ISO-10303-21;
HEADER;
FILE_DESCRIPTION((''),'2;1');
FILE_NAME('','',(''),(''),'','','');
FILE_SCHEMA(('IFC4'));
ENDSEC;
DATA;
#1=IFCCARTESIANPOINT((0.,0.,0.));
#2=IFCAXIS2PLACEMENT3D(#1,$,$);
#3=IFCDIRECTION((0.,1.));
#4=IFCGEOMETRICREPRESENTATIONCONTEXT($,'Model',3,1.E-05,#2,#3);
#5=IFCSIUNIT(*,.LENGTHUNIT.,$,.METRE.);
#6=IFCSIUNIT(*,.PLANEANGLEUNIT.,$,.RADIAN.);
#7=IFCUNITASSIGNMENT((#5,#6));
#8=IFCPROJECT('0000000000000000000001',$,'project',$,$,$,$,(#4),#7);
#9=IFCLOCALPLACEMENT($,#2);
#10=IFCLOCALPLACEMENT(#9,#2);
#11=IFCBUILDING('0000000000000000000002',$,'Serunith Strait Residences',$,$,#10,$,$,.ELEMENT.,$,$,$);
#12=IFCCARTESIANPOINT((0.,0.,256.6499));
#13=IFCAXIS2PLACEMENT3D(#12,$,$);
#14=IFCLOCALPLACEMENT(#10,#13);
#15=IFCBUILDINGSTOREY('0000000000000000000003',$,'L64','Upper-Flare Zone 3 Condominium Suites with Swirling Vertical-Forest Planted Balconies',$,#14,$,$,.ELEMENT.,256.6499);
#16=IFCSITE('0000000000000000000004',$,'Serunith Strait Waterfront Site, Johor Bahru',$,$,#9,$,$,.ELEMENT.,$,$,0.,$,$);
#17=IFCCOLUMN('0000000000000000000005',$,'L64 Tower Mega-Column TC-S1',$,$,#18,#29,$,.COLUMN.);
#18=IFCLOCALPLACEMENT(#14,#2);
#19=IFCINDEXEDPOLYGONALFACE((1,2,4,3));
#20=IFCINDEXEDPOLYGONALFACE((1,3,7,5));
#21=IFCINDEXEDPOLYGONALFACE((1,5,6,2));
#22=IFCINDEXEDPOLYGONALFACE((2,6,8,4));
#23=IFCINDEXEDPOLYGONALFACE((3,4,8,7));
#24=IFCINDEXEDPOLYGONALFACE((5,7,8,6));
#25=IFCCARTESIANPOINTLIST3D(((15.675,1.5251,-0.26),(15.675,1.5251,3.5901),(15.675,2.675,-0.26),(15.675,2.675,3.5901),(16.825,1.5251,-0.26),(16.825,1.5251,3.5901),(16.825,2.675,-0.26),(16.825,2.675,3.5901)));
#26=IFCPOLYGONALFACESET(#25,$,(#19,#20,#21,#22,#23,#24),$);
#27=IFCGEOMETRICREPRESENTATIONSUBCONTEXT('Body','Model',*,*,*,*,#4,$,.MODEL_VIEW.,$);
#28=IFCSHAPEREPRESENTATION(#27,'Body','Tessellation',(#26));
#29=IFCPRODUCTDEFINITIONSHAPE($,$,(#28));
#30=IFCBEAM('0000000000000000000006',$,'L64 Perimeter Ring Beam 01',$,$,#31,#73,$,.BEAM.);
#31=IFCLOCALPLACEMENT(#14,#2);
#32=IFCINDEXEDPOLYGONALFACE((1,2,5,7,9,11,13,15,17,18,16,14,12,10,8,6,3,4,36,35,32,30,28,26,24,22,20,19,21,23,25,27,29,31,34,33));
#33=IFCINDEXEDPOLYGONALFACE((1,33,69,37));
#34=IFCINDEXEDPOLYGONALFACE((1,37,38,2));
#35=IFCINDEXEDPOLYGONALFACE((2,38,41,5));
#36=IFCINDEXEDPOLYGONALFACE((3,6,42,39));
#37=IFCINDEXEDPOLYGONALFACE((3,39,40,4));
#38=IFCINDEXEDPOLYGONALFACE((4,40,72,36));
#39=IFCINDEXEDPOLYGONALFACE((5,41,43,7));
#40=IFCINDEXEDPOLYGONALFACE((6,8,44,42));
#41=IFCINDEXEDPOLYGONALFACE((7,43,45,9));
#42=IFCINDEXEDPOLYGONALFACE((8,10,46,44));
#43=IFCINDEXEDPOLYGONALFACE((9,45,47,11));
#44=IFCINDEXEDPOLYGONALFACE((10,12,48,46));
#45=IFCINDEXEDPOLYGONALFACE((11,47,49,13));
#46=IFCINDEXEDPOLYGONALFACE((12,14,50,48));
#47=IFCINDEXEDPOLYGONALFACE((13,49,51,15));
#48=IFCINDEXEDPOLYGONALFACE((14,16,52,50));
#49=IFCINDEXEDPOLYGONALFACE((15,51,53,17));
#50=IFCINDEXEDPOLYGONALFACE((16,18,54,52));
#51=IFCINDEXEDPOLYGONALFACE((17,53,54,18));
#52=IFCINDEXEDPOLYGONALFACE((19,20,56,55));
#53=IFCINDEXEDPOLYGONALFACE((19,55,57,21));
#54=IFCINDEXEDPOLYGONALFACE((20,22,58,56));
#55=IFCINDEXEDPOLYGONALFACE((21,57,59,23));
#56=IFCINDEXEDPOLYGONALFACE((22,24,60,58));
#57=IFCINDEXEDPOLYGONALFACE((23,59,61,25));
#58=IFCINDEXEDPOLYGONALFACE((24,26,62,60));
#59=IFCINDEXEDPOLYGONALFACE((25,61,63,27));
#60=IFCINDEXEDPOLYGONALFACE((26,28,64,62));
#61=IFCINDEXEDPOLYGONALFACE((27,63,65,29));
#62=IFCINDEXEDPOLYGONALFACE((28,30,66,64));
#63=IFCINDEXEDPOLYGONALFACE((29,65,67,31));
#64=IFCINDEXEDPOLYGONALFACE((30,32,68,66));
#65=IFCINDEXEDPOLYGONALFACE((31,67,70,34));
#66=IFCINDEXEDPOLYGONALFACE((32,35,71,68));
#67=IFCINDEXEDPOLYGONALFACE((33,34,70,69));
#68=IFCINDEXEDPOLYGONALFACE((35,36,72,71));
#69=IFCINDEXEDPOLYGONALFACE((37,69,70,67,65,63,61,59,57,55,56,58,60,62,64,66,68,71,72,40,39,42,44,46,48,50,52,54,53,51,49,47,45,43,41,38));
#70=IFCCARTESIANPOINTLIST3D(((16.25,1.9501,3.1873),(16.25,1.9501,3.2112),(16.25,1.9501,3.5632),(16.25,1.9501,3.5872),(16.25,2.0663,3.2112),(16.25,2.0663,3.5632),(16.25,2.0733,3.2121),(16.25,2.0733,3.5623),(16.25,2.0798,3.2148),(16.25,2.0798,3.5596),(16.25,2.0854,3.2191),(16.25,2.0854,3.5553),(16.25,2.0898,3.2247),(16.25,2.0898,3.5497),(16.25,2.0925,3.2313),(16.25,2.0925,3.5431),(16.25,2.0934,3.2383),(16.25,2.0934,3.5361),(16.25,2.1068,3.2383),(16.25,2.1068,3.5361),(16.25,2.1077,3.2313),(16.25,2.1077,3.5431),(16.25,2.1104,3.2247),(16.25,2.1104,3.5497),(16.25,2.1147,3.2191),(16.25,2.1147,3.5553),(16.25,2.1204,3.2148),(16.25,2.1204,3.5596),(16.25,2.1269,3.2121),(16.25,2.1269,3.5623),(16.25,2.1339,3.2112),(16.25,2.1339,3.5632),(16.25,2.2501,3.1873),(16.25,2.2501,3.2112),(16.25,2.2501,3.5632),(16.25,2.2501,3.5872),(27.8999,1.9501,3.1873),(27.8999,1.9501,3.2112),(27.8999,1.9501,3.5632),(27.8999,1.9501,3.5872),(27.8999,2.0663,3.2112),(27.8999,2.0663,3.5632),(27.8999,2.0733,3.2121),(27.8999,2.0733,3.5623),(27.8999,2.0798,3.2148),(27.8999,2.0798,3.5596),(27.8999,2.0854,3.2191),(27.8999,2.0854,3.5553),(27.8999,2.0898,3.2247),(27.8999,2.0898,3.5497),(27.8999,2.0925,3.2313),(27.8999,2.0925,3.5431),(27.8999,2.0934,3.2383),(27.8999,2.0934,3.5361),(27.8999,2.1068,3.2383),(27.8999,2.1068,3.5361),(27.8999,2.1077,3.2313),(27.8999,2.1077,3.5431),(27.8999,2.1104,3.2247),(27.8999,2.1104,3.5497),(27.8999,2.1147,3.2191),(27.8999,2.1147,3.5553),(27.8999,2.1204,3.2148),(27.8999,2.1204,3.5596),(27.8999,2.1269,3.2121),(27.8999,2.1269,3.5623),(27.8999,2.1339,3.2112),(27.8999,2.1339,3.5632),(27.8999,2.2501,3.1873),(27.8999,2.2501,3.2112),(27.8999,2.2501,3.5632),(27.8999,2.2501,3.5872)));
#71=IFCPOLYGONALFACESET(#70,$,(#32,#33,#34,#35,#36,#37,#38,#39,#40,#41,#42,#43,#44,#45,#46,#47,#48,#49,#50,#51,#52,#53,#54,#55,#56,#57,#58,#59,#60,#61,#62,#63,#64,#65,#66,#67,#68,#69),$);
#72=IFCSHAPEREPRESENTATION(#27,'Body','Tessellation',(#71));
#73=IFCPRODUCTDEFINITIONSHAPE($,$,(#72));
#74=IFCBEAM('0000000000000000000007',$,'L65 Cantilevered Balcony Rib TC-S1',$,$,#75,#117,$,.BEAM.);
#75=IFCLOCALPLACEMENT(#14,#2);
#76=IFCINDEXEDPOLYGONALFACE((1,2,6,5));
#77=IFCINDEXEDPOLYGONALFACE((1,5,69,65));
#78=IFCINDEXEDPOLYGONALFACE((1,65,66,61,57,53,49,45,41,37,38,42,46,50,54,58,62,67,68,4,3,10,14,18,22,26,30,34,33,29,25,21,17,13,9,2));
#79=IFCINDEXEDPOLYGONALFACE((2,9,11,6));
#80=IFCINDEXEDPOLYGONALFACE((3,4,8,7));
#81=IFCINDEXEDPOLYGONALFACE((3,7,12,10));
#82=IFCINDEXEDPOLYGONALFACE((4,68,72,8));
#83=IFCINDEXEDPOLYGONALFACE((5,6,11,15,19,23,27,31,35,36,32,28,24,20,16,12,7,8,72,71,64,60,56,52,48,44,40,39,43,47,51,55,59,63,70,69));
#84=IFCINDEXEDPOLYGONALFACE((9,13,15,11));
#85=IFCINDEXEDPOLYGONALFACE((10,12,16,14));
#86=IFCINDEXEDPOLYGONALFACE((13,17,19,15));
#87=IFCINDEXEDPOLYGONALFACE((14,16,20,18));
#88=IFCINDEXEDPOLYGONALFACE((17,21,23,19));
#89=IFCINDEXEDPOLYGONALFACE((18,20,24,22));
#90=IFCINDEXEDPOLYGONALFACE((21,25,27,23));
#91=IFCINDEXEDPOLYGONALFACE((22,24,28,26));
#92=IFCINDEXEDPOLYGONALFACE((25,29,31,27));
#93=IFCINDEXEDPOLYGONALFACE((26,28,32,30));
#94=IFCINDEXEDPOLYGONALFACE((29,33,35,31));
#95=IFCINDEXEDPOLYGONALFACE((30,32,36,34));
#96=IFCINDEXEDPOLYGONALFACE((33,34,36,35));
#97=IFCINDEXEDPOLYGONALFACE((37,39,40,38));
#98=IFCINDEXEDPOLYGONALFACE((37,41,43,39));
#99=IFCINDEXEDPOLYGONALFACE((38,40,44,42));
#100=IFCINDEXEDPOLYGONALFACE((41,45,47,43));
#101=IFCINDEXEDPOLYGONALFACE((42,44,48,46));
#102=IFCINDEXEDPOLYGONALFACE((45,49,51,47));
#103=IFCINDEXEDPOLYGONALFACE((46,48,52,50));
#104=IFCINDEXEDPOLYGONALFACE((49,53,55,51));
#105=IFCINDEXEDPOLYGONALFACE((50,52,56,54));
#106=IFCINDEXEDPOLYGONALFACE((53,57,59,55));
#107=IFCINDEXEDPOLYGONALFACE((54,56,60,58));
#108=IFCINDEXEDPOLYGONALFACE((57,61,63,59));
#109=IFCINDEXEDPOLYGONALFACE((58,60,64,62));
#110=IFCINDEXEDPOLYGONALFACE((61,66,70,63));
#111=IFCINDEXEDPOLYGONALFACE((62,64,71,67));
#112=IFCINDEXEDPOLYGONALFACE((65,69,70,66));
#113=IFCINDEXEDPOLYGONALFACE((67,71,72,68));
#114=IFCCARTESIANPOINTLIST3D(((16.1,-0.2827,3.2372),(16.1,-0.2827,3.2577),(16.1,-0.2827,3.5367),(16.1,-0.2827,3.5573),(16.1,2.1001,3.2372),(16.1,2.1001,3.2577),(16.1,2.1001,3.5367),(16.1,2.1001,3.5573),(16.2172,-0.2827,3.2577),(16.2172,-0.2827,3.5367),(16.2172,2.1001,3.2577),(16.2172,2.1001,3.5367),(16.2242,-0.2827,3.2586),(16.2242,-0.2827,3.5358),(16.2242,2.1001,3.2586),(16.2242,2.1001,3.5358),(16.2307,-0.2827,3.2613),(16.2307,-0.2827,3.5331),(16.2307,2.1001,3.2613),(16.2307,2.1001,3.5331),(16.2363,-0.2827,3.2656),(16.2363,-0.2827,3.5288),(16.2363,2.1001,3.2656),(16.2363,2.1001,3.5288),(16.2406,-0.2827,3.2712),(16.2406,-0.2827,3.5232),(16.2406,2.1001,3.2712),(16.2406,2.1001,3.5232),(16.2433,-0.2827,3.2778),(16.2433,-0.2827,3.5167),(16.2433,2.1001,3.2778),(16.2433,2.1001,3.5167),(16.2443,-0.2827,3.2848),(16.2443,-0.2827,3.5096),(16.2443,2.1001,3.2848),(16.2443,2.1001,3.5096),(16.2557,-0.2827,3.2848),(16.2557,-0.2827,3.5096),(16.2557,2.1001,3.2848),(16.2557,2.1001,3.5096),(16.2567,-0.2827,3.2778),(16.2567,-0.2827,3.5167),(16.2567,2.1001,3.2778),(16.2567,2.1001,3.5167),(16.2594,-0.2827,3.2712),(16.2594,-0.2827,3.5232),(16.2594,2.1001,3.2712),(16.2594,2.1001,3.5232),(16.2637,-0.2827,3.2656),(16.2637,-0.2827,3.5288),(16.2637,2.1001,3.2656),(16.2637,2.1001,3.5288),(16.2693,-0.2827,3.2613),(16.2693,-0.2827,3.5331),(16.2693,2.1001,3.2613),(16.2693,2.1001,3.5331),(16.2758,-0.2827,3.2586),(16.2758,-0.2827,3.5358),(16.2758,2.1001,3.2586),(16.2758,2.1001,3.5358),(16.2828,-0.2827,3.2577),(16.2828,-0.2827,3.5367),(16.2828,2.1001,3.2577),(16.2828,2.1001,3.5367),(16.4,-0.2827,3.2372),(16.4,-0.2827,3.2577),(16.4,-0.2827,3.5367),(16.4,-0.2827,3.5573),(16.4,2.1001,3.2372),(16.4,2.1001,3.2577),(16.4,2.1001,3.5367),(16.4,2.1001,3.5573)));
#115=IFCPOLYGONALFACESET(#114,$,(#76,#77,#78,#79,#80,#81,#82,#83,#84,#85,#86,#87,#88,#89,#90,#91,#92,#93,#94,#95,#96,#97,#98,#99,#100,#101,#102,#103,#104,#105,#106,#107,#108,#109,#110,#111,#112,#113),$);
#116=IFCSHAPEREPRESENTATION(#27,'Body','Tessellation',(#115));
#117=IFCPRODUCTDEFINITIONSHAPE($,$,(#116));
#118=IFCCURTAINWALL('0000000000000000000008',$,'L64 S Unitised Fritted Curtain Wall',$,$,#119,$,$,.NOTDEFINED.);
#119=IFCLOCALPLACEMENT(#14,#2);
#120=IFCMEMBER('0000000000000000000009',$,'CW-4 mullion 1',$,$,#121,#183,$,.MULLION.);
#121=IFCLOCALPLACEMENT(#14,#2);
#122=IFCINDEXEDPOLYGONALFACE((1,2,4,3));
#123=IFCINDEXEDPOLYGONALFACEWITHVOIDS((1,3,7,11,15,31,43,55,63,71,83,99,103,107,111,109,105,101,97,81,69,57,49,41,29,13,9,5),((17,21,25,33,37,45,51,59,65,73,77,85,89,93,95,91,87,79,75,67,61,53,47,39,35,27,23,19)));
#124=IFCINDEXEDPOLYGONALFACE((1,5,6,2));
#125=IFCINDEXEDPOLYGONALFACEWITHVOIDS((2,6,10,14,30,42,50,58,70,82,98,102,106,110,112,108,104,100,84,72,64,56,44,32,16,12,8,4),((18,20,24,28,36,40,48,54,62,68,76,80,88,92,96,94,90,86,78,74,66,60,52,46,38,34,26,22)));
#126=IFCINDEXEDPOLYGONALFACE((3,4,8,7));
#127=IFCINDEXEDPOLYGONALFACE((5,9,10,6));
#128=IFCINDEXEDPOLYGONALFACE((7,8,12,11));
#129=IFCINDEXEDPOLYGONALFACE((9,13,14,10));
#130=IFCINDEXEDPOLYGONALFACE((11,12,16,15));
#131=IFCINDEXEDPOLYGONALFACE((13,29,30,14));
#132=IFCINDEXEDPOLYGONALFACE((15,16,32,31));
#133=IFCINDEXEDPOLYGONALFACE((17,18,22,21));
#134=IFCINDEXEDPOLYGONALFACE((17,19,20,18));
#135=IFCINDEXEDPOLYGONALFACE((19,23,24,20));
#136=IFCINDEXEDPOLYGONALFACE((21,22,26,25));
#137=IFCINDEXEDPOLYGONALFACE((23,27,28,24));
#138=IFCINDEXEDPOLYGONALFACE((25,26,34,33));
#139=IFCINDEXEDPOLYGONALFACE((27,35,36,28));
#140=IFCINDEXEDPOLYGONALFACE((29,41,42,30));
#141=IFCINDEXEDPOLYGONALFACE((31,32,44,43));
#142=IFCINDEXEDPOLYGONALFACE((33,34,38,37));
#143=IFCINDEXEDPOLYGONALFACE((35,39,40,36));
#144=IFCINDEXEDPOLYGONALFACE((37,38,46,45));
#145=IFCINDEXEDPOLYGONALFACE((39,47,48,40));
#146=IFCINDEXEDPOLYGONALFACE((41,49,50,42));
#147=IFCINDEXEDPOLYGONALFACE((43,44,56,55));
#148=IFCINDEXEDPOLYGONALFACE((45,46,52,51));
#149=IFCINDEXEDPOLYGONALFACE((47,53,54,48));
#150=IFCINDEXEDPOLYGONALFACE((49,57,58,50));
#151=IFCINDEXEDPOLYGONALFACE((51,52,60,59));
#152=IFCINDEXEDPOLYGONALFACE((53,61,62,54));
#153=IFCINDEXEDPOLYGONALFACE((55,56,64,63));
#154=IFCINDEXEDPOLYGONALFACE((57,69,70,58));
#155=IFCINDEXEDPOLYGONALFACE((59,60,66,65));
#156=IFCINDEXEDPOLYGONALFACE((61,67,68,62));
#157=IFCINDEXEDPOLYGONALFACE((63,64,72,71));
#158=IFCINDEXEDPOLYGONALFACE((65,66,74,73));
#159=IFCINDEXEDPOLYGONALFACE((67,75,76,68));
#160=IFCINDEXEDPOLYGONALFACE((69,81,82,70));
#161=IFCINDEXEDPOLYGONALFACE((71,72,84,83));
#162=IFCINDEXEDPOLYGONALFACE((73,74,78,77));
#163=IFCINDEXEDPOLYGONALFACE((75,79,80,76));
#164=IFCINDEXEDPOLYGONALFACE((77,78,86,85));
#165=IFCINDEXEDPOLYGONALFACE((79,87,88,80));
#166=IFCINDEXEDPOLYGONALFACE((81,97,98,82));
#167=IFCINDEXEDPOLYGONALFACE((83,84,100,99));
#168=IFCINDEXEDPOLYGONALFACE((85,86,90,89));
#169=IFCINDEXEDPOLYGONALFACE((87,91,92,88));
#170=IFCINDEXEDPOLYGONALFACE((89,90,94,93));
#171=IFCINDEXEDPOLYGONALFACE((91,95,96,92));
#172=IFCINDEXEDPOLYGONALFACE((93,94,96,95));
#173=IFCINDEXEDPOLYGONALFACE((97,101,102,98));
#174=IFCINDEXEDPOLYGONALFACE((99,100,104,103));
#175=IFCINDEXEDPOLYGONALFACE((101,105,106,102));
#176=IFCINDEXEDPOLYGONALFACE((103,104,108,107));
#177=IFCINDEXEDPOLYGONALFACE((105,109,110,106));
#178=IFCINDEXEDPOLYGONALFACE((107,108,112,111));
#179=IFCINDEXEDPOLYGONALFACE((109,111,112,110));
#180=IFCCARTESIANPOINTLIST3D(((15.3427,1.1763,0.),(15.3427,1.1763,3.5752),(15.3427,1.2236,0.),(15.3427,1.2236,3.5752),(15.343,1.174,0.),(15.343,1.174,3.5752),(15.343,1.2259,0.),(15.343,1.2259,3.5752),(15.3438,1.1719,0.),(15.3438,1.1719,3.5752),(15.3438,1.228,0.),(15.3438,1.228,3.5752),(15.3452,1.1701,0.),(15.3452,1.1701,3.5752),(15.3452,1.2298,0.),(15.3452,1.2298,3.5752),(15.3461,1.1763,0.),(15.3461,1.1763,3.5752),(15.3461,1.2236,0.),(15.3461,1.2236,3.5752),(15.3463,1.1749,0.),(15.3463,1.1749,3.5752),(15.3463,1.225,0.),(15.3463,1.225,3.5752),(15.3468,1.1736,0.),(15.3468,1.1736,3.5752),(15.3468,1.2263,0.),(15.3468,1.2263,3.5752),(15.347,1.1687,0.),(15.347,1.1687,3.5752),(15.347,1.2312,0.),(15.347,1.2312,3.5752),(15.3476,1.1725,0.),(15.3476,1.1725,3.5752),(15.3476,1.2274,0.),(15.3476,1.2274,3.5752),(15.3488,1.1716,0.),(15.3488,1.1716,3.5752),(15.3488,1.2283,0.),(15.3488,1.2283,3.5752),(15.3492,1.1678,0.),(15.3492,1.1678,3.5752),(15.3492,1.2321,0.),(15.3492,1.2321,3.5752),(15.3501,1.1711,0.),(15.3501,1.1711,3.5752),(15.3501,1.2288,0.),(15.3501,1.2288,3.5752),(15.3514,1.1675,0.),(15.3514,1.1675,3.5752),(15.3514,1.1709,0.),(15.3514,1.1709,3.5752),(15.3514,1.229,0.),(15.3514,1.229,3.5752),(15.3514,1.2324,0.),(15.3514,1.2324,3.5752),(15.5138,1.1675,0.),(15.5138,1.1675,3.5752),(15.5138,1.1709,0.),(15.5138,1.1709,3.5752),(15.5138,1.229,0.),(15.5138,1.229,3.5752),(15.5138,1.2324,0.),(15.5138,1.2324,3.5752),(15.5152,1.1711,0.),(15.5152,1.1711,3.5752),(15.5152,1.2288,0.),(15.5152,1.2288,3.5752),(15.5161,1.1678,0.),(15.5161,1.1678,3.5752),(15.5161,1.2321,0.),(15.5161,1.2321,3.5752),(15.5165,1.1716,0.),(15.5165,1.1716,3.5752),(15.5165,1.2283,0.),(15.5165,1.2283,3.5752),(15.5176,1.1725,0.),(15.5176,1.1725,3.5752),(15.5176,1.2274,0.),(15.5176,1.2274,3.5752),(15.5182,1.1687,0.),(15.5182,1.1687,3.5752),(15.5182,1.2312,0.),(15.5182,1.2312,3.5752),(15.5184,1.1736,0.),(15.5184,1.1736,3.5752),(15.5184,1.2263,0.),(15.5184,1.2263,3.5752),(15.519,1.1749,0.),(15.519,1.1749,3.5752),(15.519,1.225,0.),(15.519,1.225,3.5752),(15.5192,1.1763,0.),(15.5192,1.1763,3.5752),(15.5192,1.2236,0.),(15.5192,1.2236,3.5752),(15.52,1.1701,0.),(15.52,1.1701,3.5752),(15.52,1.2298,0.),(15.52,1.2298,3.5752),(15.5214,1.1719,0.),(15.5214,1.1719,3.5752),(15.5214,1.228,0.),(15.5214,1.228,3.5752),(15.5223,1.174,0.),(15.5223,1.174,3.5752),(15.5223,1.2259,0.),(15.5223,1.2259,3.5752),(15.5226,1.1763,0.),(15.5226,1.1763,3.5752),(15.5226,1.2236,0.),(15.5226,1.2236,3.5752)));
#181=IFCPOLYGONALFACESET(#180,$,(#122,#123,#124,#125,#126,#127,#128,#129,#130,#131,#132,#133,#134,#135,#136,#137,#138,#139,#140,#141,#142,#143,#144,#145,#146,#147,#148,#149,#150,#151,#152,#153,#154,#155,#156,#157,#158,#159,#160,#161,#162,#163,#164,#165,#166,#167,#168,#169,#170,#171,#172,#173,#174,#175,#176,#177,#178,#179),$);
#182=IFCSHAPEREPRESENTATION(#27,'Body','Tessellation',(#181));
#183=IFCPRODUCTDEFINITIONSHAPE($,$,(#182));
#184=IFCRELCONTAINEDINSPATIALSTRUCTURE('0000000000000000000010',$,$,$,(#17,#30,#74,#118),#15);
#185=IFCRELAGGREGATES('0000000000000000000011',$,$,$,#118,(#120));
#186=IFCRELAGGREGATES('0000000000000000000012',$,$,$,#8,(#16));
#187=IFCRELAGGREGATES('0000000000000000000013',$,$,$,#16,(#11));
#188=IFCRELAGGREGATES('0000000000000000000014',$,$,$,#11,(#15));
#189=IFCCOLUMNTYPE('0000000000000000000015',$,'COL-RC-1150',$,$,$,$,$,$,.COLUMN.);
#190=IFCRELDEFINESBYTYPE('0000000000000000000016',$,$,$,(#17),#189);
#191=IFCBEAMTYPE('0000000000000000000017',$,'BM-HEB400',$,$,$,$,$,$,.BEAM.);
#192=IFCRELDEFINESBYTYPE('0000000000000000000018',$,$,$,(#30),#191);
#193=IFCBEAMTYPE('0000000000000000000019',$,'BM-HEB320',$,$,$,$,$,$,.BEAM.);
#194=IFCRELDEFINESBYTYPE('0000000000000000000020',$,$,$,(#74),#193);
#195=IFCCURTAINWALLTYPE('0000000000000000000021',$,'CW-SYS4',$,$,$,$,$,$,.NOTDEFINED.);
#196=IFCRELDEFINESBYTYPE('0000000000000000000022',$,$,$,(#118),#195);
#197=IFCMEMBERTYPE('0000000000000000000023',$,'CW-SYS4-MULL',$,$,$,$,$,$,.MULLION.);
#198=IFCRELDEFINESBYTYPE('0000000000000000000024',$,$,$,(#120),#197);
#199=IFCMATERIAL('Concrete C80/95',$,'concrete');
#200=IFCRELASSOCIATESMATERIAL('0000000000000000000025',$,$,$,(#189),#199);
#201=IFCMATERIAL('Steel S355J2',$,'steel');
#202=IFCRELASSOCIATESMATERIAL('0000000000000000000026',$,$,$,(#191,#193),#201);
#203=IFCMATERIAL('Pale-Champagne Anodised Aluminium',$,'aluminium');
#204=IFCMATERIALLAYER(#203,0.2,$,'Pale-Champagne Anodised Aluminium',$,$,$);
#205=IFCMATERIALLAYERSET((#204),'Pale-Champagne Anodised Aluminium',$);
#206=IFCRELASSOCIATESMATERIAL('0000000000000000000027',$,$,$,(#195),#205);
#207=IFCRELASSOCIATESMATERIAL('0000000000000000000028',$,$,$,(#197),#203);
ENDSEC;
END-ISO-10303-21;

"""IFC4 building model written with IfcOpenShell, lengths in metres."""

from ifc_helpers import new_model, si_unit, direction, frame, origin, origin_2d, place, context, subcontext, project, spatial, rectangle, hollow_rectangle, i_section, extrude, source, transform, mapped, material, layer, layer_set, material_profile, profile_set, type_object, element, aggregate, save


model = new_model("IFC4")

# Units and contexts
model_context = context("Model", 3, precision=1e-05, world=origin(), true_north=direction((0.0, 1.0)))
body_context = subcontext(model_context, "Body", "Model", "MODEL_VIEW")
ifc_project = project(units=[si_unit("LENGTHUNIT", "METRE"), si_unit("PLANEANGLEUNIT", "RADIAN")], contexts=[model_context])

# Site, building, storey
site_placement = place(None, origin())
site = spatial("IfcSite", under=ifc_project, at=site_placement, Name="Serunith Strait Waterfront Site, Johor Bahru", CompositionType="ELEMENT", RefElevation=0.0)
building_placement = place(site_placement, origin())
building = spatial("IfcBuilding", under=site, at=building_placement, Name="Serunith Strait Residences", CompositionType="ELEMENT")
storey_placement = place(building_placement, frame((0.0, 0.0, 256.6499)))
storey = spatial("IfcBuildingStorey", under=building, at=storey_placement, Name="L64", Description="Upper-Flare Zone 3 Condominium Suites with Swirling Vertical-Forest Planted Balconies", CompositionType="ELEMENT", Elevation=256.6499)

# Column
ifc_material_1 = material(Name="Concrete C80/95", Category="concrete")
ifc_material_profile_1 = material_profile(ifc_material_1, rectangle(XDim=1.1499, YDim=1.1499, at=origin_2d()), Name="RC 1150x1150")
ifc_profile_set_1 = profile_set([ifc_material_profile_1], Name="Concrete C80/95")
column_type = type_object("IfcColumnType", Name="COL-RC-1150", PredefinedType="COLUMN", material=ifc_profile_set_1)
shared_shape_1 = source(origin(), body_context, "Body", "SweptSolid", [
    extrude(rectangle(XDim=1.1499, YDim=1.1499, at=origin_2d()), origin(), (0.0, 0.0, 1.0), 3.8501),
])
column_placement = place(storey_placement, frame((16.25, 2.1001, -0.26), z_axis=(0.0, 0.0, 1.0), x_axis=(1.0, 0.0, 0.0)))
element("IfcColumn", 1, at=column_placement, inside=storey, type_object=column_type, Name="L64 Tower Mega-Column TC-S1", PredefinedType="COLUMN", context=body_context, shape_type="MappedRepresentation", body=[
    mapped(shared_shape_1, transform((0.0, 0.0, 0.0), scale=1.0)),
])

# Beams
ifc_material_2 = material(Name="Steel S355J2", Category="steel")
ifc_material_profile_2 = material_profile(ifc_material_2, i_section(OverallWidth=0.3, OverallDepth=0.3999, WebThickness=0.0134, FlangeThickness=0.0239, FilletRadius=0.0271, at=origin_2d()), Name="HEB 400")
ifc_profile_set_2 = profile_set([ifc_material_profile_2], Name="Steel S355J2")
beam_type_1 = type_object("IfcBeamType", Name="BM-HEB400", PredefinedType="BEAM", material=ifc_profile_set_2)
shared_shape_2 = source(origin(), body_context, "Body", "SweptSolid", [
    extrude(i_section(OverallWidth=0.3, OverallDepth=0.3999, WebThickness=0.0134, FlangeThickness=0.0239, FilletRadius=0.0271, at=origin_2d()), origin(), (0.0, 0.0, 1.0), 11.6499),
])
beam_1_placement = place(storey_placement, frame((16.25, 2.1001, 3.3872), z_axis=(1.0, 0.0, 0.0), x_axis=(0.0, 1.0, 0.0)))
element("IfcBeam", 2, at=beam_1_placement, inside=storey, type_object=beam_type_1, Name="L64 Perimeter Ring Beam 01", PredefinedType="BEAM", context=body_context, shape_type="MappedRepresentation", body=[
    mapped(shared_shape_2, transform((0.0, 0.0, 0.0), scale=1.0)),
])
ifc_material_profile_3 = material_profile(ifc_material_2, i_section(OverallWidth=0.3, OverallDepth=0.3201, WebThickness=0.0115, FlangeThickness=0.0205, FilletRadius=0.0271, at=origin_2d()), Name="HEB 320")
ifc_profile_set_3 = profile_set([ifc_material_profile_3], Name="Steel S355J2")
beam_type_2 = type_object("IfcBeamType", Name="BM-HEB320", PredefinedType="BEAM", material=ifc_profile_set_3)
shared_shape_3 = source(origin(), body_context, "Body", "SweptSolid", [
    extrude(i_section(OverallWidth=0.3, OverallDepth=0.3201, WebThickness=0.0115, FlangeThickness=0.0205, FilletRadius=0.0271, at=origin_2d()), origin(), (0.0, 0.0, 1.0), 2.3828),
])
beam_2_placement = place(storey_placement, frame((16.25, 2.1001, 3.3972), z_axis=(0.0, -1.0, 0.0), x_axis=(1.0, 0.0, 0.0)))
element("IfcBeam", 3, at=beam_2_placement, inside=storey, type_object=beam_type_2, Name="L65 Cantilevered Balcony Rib TC-S1", PredefinedType="BEAM", context=body_context, shape_type="MappedRepresentation", body=[
    mapped(shared_shape_3, transform((0.0, 0.0, 0.0), scale=1.0)),
])

# Curtain wall, member
ifc_material_3 = material(Name="Pale-Champagne Anodised Aluminium", Category="aluminium")
ifc_layer_1 = layer(ifc_material_3, 0.2, Name="Pale-Champagne Anodised Aluminium")
ifc_layer_set_1 = layer_set([ifc_layer_1], Name="Pale-Champagne Anodised Aluminium")
curtain_wall_type = type_object("IfcCurtainWallType", Name="CW-SYS4", PredefinedType="NOTDEFINED", material=ifc_layer_set_1)
curtain_wall_1_placement = place(storey_placement, origin())
curtain_wall_1 = element("IfcCurtainWall", 4, at=curtain_wall_1_placement, inside=storey, type_object=curtain_wall_type, Name="L64 S Unitised Fritted Curtain Wall", PredefinedType="NOTDEFINED")
ifc_material_profile_4 = material_profile(ifc_material_3, hollow_rectangle(XDim=0.0649, YDim=0.1799, WallThickness=0.0034, InnerFilletRadius=0.0054, OuterFilletRadius=0.0088, at=origin_2d()), Name="ALU 180x65x3.5")
ifc_profile_set_4 = profile_set([ifc_material_profile_4], Name="Pale-Champagne Anodised Aluminium")
member_type_1 = type_object("IfcMemberType", Name="CW-SYS4-MULL", PredefinedType="MULLION", material=ifc_profile_set_4)
shared_shape_4 = source(origin(), body_context, "Body", "SweptSolid", [
    extrude(hollow_rectangle(XDim=0.0649, YDim=0.1799, WallThickness=0.0034, InnerFilletRadius=0.0054, OuterFilletRadius=0.0088, at=origin_2d()), origin(), (0.0, 0.0, 1.0), 3.5752),
])
member_1_placement = place(storey_placement, frame((15.4326, 1.2, 0.0), z_axis=(0.0, 0.0, 1.0), x_axis=(0.0, 1.0, 0.0)))
member_1 = element("IfcMember", 5, at=member_1_placement, type_object=member_type_1, Name="CW-4 mullion 1", PredefinedType="MULLION", context=body_context, shape_type="MappedRepresentation", body=[
    mapped(shared_shape_4, transform((0.0, 0.0, 0.0), scale=1.0)),
])

aggregate(curtain_wall_1, [member_1])

save(model, "model.ifc")
